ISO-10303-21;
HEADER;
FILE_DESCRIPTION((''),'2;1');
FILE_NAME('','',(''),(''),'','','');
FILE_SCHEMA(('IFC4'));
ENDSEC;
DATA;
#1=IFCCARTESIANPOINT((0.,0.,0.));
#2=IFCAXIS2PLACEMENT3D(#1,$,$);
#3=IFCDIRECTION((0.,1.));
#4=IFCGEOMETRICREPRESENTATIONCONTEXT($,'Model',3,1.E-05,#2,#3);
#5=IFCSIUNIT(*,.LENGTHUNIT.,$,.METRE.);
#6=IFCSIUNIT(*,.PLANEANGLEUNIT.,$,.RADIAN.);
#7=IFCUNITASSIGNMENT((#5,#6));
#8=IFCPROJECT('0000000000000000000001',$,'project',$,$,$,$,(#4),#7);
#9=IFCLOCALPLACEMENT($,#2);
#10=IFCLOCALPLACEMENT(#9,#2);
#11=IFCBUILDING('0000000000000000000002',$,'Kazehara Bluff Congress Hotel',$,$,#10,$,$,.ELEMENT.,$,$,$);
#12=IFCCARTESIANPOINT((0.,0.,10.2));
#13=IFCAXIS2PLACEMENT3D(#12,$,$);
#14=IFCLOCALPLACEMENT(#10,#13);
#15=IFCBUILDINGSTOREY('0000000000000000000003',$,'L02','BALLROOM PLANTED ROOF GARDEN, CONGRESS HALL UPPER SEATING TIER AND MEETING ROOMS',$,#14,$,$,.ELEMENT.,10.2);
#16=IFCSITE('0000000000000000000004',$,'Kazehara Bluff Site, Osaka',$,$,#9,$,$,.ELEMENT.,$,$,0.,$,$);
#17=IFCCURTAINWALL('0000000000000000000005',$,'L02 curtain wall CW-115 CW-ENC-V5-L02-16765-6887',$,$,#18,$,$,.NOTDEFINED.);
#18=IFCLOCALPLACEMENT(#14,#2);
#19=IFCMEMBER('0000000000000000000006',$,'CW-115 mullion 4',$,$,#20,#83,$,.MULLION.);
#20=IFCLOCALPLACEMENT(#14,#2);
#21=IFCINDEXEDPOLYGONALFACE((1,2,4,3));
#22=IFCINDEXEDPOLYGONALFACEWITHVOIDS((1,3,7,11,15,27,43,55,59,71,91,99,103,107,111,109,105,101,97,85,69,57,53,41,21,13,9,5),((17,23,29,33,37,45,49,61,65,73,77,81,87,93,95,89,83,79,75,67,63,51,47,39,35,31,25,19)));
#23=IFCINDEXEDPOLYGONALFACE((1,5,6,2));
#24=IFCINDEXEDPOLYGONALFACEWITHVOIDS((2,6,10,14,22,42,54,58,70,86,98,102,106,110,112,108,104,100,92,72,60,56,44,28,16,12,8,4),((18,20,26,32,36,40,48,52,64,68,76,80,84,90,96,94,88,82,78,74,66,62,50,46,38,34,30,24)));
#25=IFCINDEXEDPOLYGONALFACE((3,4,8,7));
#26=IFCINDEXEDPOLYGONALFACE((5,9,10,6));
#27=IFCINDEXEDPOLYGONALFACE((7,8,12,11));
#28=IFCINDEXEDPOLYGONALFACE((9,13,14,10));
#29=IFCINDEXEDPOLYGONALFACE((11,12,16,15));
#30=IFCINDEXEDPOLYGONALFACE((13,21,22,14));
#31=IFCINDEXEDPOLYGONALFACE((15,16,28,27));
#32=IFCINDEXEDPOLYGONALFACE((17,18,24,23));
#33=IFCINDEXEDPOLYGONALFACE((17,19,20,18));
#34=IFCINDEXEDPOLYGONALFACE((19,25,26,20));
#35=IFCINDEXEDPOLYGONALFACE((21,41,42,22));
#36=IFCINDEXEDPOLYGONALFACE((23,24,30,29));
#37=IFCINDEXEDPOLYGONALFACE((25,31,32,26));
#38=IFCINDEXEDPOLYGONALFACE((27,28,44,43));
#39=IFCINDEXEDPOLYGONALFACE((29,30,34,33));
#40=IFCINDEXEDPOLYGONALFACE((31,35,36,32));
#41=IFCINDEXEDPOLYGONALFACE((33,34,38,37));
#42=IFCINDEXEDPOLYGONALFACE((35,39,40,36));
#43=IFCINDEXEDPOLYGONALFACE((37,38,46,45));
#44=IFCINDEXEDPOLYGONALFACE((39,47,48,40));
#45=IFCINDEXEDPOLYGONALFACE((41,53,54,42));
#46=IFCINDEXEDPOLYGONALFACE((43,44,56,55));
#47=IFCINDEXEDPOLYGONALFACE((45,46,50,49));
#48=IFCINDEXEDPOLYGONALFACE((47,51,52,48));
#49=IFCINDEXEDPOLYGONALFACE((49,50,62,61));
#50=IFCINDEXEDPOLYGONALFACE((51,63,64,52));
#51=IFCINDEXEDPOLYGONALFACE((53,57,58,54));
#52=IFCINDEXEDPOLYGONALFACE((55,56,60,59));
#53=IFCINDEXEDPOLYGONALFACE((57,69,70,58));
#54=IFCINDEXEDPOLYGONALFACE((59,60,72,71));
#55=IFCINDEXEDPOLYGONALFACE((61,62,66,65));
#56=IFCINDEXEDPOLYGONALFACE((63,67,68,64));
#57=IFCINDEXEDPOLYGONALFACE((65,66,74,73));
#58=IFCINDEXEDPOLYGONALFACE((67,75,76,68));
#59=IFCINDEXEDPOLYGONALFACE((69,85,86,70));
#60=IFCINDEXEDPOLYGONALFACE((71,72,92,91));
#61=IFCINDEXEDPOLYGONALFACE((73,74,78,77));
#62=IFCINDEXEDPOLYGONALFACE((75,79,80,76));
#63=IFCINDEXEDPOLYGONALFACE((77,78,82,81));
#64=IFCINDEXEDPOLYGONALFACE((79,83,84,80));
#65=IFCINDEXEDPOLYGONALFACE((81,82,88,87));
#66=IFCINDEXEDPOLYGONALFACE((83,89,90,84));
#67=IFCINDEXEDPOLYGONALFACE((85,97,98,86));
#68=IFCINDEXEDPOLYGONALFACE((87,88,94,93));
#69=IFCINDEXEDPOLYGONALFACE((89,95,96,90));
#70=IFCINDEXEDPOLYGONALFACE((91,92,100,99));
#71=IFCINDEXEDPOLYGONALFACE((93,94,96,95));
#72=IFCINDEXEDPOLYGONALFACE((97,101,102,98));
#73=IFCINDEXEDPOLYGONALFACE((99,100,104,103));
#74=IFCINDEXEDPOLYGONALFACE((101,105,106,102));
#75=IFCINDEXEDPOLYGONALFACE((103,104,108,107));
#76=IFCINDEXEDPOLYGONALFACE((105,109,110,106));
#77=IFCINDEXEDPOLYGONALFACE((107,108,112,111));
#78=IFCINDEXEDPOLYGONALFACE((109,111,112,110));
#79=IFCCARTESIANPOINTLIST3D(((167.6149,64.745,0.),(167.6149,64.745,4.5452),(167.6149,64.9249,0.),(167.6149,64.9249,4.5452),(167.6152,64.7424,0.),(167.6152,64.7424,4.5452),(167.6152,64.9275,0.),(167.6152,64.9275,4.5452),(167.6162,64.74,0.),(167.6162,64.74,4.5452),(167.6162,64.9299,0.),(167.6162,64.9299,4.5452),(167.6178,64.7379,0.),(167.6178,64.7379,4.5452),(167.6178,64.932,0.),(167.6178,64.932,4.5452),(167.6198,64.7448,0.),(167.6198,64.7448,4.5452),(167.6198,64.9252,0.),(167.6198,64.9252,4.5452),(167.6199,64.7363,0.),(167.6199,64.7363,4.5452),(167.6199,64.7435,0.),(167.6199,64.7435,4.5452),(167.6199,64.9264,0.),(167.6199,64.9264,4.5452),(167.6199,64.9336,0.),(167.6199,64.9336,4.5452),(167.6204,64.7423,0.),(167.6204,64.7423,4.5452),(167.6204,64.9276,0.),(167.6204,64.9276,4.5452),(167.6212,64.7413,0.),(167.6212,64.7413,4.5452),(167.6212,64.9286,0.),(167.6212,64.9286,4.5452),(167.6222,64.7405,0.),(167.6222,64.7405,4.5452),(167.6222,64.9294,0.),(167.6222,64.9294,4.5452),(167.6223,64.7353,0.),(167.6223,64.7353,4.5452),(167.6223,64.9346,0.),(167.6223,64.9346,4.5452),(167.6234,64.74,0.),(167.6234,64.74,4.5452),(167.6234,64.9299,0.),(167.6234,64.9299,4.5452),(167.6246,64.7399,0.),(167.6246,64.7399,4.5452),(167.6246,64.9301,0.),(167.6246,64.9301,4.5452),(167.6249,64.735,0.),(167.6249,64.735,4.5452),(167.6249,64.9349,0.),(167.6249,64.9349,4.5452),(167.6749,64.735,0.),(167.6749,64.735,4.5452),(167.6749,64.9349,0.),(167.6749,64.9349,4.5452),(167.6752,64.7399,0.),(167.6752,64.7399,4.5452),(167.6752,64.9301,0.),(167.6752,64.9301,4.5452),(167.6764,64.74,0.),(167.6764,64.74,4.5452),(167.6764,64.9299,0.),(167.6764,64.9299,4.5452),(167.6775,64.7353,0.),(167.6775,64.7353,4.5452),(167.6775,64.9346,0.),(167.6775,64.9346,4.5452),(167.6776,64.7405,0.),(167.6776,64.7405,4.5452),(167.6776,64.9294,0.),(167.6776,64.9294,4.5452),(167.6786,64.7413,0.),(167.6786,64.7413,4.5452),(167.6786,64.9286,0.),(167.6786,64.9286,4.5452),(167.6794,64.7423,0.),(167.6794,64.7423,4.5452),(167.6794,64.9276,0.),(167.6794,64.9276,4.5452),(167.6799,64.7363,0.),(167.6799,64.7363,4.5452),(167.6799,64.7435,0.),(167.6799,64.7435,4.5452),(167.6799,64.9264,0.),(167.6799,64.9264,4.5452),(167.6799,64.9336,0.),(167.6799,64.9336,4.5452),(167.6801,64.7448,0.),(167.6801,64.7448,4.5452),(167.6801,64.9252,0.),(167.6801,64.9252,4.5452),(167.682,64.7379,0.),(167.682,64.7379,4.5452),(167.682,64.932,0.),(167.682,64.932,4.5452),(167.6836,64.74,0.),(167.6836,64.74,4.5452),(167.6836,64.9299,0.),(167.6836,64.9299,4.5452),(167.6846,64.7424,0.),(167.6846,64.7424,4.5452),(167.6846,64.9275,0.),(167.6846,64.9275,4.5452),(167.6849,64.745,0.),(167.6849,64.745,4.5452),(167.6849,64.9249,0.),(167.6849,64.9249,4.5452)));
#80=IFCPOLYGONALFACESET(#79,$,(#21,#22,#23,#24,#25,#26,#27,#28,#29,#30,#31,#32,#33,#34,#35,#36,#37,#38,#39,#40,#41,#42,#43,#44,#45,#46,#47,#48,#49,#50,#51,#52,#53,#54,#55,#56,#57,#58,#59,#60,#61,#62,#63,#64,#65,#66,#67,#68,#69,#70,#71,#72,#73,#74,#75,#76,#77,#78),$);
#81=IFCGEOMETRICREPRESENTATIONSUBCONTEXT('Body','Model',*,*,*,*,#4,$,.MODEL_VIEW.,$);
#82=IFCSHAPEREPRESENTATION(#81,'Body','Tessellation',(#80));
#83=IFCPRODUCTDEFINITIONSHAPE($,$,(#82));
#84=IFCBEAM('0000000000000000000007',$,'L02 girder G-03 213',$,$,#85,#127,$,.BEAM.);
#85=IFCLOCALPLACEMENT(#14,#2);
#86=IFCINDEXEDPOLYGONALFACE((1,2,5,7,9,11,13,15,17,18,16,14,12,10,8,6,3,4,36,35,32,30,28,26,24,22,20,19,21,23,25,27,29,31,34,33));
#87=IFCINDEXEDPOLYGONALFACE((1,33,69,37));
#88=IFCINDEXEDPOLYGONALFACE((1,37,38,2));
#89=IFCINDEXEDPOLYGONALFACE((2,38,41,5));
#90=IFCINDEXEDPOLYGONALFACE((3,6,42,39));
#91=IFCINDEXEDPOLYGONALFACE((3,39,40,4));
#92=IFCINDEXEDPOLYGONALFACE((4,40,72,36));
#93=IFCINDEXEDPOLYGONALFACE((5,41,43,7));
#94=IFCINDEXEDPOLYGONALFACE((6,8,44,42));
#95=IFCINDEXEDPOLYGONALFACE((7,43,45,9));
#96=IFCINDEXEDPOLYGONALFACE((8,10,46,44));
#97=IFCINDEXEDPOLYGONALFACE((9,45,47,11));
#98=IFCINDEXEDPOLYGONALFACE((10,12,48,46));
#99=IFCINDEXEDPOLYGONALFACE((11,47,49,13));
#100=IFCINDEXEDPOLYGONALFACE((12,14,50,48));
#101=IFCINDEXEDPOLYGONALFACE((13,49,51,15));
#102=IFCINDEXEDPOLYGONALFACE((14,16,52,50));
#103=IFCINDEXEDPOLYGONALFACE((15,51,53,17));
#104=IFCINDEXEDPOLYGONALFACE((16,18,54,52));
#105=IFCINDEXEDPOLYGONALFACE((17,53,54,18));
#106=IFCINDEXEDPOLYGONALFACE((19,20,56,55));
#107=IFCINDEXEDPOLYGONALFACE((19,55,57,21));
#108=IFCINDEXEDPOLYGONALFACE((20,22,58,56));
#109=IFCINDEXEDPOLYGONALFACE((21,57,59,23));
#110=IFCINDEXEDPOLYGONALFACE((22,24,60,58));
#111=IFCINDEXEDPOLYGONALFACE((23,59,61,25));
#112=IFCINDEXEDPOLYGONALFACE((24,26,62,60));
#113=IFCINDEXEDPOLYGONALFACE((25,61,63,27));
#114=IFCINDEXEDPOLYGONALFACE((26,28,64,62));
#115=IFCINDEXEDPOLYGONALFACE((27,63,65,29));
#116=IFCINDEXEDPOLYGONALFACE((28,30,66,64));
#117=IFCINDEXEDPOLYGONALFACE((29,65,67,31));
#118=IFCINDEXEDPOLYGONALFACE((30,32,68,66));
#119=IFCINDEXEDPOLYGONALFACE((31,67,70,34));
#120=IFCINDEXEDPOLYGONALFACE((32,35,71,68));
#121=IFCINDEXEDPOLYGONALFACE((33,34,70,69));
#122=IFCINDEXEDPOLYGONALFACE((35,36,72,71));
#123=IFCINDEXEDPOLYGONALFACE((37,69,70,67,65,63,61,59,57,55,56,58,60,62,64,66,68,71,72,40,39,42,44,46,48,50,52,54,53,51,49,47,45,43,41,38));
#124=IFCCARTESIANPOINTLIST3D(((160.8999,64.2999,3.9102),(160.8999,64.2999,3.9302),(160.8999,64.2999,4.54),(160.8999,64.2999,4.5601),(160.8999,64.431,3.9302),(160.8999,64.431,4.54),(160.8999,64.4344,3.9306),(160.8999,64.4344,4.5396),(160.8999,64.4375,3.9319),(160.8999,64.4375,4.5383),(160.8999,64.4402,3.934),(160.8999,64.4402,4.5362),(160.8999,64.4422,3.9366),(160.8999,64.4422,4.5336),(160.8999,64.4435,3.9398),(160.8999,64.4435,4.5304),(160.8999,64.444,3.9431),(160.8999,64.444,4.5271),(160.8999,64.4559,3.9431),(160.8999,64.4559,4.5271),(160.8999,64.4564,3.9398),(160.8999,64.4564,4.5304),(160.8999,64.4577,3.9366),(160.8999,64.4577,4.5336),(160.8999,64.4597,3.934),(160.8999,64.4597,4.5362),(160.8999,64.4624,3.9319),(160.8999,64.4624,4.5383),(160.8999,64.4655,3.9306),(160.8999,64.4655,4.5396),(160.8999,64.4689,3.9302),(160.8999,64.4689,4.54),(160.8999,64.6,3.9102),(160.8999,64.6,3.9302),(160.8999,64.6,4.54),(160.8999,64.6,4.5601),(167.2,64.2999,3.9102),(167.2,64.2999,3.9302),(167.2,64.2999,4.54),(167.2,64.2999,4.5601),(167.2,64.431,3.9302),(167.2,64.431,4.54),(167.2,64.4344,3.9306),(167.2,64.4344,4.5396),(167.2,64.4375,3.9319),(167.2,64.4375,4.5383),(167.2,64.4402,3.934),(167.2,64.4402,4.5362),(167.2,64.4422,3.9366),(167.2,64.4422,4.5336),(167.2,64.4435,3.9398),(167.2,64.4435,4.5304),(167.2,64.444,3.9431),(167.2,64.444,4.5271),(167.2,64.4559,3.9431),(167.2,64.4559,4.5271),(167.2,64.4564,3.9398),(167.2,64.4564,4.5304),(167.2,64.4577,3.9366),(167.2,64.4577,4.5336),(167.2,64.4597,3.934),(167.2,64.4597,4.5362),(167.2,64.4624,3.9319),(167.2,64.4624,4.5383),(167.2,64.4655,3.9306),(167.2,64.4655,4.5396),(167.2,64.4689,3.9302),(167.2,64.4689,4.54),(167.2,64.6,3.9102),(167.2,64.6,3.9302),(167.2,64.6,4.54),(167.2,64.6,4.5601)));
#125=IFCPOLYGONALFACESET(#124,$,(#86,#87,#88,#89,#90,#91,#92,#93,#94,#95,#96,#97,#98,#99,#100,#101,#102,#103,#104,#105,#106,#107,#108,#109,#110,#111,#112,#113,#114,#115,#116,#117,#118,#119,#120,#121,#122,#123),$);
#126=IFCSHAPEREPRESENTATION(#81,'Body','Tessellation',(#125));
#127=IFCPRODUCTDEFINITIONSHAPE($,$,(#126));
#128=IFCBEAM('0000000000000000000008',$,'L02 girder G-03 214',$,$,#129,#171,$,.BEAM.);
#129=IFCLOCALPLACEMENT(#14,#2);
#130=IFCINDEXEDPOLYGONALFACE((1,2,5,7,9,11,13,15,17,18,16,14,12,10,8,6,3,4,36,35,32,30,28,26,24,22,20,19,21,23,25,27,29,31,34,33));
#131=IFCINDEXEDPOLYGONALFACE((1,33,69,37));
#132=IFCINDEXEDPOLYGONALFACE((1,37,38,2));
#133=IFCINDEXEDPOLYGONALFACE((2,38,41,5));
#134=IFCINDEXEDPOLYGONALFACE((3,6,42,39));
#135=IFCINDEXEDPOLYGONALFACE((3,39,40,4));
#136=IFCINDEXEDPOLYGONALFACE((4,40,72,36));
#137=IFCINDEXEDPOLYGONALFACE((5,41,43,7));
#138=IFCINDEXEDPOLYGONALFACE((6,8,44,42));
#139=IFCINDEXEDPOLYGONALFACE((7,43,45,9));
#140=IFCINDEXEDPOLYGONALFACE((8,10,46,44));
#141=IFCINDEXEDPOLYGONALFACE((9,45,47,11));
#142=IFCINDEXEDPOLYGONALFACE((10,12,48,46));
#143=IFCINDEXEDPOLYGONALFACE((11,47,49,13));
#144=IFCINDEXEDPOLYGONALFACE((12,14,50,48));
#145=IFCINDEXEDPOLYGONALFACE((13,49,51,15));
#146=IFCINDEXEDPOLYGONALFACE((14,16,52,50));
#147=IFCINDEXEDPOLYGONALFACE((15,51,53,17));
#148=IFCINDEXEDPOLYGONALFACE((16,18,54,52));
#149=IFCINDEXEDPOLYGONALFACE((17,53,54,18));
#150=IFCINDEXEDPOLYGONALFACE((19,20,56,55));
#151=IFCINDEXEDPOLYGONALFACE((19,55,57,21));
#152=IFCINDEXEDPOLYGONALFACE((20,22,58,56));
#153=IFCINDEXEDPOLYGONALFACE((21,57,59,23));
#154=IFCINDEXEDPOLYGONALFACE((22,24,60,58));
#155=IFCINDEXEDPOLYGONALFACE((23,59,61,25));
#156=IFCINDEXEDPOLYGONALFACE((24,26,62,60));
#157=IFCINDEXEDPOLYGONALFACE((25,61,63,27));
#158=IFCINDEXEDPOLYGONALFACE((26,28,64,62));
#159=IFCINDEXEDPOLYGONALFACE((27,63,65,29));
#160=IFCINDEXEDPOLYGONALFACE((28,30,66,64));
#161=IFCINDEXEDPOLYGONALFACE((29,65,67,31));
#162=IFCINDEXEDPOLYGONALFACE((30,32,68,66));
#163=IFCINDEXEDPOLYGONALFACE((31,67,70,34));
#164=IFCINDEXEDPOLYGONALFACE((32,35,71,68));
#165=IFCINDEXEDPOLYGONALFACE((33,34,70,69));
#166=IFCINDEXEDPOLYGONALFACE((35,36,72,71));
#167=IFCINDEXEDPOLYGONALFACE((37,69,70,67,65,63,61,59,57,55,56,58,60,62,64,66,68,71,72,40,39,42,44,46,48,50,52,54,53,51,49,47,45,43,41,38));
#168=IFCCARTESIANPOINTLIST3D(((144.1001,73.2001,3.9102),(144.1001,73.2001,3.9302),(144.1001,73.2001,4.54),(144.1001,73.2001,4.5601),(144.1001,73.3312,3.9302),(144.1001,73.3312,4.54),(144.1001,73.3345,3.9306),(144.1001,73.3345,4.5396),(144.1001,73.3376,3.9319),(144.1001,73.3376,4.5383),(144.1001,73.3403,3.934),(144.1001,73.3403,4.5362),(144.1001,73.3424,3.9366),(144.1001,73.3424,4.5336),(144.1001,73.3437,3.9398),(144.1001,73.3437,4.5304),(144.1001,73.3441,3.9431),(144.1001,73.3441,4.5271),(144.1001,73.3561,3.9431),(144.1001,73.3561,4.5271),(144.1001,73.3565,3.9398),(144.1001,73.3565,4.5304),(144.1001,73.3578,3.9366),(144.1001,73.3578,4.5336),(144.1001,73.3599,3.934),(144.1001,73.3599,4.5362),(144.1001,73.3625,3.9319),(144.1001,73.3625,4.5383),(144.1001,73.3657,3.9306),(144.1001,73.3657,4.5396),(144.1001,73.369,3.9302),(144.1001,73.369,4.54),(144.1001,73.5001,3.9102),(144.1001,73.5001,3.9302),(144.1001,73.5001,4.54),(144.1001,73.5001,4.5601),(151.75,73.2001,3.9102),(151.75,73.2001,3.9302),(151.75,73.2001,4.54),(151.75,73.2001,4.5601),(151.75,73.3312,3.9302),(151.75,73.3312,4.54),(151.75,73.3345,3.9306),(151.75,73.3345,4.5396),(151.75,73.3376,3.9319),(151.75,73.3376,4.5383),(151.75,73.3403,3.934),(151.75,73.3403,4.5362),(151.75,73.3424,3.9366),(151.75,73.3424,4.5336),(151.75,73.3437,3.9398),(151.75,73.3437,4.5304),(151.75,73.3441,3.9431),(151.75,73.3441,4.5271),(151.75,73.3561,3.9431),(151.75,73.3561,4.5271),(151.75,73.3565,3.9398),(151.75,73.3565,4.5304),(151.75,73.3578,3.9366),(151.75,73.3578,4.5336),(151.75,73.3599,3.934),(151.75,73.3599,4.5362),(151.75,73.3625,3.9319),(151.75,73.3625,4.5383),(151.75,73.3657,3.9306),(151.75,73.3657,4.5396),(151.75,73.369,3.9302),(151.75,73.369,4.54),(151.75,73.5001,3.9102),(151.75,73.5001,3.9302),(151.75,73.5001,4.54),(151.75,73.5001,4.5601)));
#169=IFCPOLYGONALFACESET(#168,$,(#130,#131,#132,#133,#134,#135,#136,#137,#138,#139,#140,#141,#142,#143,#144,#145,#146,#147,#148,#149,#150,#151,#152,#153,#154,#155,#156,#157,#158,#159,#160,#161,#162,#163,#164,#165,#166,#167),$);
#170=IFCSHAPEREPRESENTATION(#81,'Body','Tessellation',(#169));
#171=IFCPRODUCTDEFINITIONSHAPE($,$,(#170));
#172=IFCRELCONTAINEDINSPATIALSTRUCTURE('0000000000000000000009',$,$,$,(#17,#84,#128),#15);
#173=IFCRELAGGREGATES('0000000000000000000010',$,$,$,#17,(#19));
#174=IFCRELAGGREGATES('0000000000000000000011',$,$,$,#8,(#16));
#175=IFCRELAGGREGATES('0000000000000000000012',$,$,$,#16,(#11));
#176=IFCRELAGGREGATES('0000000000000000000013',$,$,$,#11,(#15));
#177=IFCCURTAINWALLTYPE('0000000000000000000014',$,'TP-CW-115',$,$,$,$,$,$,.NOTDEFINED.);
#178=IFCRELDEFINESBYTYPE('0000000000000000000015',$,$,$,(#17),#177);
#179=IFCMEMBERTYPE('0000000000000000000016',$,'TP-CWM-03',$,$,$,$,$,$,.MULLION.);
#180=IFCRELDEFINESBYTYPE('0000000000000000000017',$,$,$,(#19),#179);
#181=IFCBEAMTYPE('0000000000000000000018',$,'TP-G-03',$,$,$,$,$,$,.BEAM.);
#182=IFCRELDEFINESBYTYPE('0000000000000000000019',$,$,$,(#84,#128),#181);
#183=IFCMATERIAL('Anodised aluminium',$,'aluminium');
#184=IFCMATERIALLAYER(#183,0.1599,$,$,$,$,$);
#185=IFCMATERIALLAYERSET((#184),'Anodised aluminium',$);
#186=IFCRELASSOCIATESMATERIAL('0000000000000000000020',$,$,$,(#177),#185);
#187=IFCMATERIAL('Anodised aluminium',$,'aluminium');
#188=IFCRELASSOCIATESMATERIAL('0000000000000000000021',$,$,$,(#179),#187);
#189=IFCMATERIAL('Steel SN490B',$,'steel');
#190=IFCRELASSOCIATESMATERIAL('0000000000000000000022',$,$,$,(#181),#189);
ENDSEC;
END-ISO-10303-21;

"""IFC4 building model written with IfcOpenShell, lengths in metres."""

from ifc_helpers import new_model, si_unit, direction, frame, origin, origin_2d, place, context, subcontext, project, spatial, hollow_rectangle, i_section, extrude, material, layer, layer_set, material_profile, profile_set, type_object, element, aggregate, save


model = new_model("IFC4")

# Units and contexts
model_context = context("Model", 3, precision=1e-05, world=origin(), true_north=direction((0.0, 1.0)))
body_context = subcontext(model_context, "Body", "Model", "MODEL_VIEW")
ifc_project = project(units=[si_unit("LENGTHUNIT", "METRE"), si_unit("PLANEANGLEUNIT", "RADIAN")], contexts=[model_context])

# Site, building, storey
site_placement = place(None, origin())
site = spatial("IfcSite", under=ifc_project, at=site_placement, Name="Kazehara Bluff Site, Osaka", CompositionType="ELEMENT", RefElevation=0.0)
building_placement = place(site_placement, origin())
building = spatial("IfcBuilding", under=site, at=building_placement, Name="Kazehara Bluff Congress Hotel", CompositionType="ELEMENT")
storey_placement = place(building_placement, frame((0.0, 0.0, 10.2)))
storey = spatial("IfcBuildingStorey", under=building, at=storey_placement, Name="L02", Description="BALLROOM PLANTED ROOF GARDEN, CONGRESS HALL UPPER SEATING TIER AND MEETING ROOMS", CompositionType="ELEMENT", Elevation=10.2)

# Curtain wall, member
ifc_material_1 = material(Name="Anodised aluminium", Category="aluminium")
ifc_layer_1 = layer(ifc_material_1, 0.1599)
ifc_layer_set_1 = layer_set([ifc_layer_1], Name="Anodised aluminium")
curtain_wall_type_1 = type_object("IfcCurtainWallType", Name="TP-CW-115", PredefinedType="NOTDEFINED", material=ifc_layer_set_1)
curtain_wall_1_placement = place(storey_placement, origin())
curtain_wall_1 = element("IfcCurtainWall", 1, at=curtain_wall_1_placement, inside=storey, type_object=curtain_wall_type_1, Name="L02 curtain wall CW-115 CW-ENC-V5-L02-16765-6887", PredefinedType="NOTDEFINED")
ifc_material_2 = material(Name="Anodised aluminium", Category="aluminium")
ifc_material_profile_1 = material_profile(ifc_material_2, hollow_rectangle(XDim=0.0701, YDim=0.2, WallThickness=0.0049, InnerFilletRadius=0.0049, OuterFilletRadius=0.01, at=origin_2d()))
ifc_profile_set_1 = profile_set([ifc_material_profile_1], Name="Anodised aluminium")
member_type_1 = type_object("IfcMemberType", Name="TP-CWM-03", PredefinedType="MULLION", material=ifc_profile_set_1)
member_1_placement = place(storey_placement, frame((167.6499, 64.835, 0.0), z_axis=(0.0, 0.0, 1.0), x_axis=(1.0, 0.0, 0.0)))
member_1 = element("IfcMember", 2, at=member_1_placement, type_object=member_type_1, Name="CW-115 mullion 4", PredefinedType="MULLION", context=body_context, shape_type="SweptSolid", body=[
    extrude(hollow_rectangle(XDim=0.0701, YDim=0.2, WallThickness=0.0049, InnerFilletRadius=0.0049, OuterFilletRadius=0.01, at=origin_2d()), origin(), (0.0, 0.0, 1.0), 4.5452),
])

# Beams
ifc_material_3 = material(Name="Steel SN490B", Category="steel")
ifc_material_profile_2 = material_profile(ifc_material_3, i_section(OverallWidth=0.3, OverallDepth=0.6499, WebThickness=0.012, FlangeThickness=0.02, FilletRadius=0.0129, at=origin_2d()))
ifc_profile_set_2 = profile_set([ifc_material_profile_2], Name="Steel SN490B")
beam_type_1 = type_object("IfcBeamType", Name="TP-G-03", PredefinedType="BEAM", material=ifc_profile_set_2)
beam_1_placement = place(storey_placement, frame((160.8999, 64.45, 4.2351), z_axis=(1.0, 0.0, 0.0), x_axis=(0.0, 1.0, 0.0)))
element("IfcBeam", 3, at=beam_1_placement, inside=storey, type_object=beam_type_1, Name="L02 girder G-03 213", PredefinedType="BEAM", context=body_context, shape_type="SweptSolid", body=[
    extrude(i_section(OverallWidth=0.3, OverallDepth=0.6499, WebThickness=0.012, FlangeThickness=0.02, FilletRadius=0.0129, at=origin_2d()), origin(), (0.0, 0.0, 1.0), 6.3),
])
beam_2_placement = place(storey_placement, frame((144.1001, 73.3501, 4.2351), z_axis=(1.0, 0.0, 0.0), x_axis=(0.0, 1.0, 0.0)))
element("IfcBeam", 4, at=beam_2_placement, inside=storey, type_object=beam_type_1, Name="L02 girder G-03 214", PredefinedType="BEAM", context=body_context, shape_type="SweptSolid", body=[
    extrude(i_section(OverallWidth=0.3, OverallDepth=0.6499, WebThickness=0.012, FlangeThickness=0.02, FilletRadius=0.0129, at=origin_2d()), origin(), (0.0, 0.0, 1.0), 7.6499),
])

aggregate(curtain_wall_1, [member_1])

save(model, "model.ifc")
